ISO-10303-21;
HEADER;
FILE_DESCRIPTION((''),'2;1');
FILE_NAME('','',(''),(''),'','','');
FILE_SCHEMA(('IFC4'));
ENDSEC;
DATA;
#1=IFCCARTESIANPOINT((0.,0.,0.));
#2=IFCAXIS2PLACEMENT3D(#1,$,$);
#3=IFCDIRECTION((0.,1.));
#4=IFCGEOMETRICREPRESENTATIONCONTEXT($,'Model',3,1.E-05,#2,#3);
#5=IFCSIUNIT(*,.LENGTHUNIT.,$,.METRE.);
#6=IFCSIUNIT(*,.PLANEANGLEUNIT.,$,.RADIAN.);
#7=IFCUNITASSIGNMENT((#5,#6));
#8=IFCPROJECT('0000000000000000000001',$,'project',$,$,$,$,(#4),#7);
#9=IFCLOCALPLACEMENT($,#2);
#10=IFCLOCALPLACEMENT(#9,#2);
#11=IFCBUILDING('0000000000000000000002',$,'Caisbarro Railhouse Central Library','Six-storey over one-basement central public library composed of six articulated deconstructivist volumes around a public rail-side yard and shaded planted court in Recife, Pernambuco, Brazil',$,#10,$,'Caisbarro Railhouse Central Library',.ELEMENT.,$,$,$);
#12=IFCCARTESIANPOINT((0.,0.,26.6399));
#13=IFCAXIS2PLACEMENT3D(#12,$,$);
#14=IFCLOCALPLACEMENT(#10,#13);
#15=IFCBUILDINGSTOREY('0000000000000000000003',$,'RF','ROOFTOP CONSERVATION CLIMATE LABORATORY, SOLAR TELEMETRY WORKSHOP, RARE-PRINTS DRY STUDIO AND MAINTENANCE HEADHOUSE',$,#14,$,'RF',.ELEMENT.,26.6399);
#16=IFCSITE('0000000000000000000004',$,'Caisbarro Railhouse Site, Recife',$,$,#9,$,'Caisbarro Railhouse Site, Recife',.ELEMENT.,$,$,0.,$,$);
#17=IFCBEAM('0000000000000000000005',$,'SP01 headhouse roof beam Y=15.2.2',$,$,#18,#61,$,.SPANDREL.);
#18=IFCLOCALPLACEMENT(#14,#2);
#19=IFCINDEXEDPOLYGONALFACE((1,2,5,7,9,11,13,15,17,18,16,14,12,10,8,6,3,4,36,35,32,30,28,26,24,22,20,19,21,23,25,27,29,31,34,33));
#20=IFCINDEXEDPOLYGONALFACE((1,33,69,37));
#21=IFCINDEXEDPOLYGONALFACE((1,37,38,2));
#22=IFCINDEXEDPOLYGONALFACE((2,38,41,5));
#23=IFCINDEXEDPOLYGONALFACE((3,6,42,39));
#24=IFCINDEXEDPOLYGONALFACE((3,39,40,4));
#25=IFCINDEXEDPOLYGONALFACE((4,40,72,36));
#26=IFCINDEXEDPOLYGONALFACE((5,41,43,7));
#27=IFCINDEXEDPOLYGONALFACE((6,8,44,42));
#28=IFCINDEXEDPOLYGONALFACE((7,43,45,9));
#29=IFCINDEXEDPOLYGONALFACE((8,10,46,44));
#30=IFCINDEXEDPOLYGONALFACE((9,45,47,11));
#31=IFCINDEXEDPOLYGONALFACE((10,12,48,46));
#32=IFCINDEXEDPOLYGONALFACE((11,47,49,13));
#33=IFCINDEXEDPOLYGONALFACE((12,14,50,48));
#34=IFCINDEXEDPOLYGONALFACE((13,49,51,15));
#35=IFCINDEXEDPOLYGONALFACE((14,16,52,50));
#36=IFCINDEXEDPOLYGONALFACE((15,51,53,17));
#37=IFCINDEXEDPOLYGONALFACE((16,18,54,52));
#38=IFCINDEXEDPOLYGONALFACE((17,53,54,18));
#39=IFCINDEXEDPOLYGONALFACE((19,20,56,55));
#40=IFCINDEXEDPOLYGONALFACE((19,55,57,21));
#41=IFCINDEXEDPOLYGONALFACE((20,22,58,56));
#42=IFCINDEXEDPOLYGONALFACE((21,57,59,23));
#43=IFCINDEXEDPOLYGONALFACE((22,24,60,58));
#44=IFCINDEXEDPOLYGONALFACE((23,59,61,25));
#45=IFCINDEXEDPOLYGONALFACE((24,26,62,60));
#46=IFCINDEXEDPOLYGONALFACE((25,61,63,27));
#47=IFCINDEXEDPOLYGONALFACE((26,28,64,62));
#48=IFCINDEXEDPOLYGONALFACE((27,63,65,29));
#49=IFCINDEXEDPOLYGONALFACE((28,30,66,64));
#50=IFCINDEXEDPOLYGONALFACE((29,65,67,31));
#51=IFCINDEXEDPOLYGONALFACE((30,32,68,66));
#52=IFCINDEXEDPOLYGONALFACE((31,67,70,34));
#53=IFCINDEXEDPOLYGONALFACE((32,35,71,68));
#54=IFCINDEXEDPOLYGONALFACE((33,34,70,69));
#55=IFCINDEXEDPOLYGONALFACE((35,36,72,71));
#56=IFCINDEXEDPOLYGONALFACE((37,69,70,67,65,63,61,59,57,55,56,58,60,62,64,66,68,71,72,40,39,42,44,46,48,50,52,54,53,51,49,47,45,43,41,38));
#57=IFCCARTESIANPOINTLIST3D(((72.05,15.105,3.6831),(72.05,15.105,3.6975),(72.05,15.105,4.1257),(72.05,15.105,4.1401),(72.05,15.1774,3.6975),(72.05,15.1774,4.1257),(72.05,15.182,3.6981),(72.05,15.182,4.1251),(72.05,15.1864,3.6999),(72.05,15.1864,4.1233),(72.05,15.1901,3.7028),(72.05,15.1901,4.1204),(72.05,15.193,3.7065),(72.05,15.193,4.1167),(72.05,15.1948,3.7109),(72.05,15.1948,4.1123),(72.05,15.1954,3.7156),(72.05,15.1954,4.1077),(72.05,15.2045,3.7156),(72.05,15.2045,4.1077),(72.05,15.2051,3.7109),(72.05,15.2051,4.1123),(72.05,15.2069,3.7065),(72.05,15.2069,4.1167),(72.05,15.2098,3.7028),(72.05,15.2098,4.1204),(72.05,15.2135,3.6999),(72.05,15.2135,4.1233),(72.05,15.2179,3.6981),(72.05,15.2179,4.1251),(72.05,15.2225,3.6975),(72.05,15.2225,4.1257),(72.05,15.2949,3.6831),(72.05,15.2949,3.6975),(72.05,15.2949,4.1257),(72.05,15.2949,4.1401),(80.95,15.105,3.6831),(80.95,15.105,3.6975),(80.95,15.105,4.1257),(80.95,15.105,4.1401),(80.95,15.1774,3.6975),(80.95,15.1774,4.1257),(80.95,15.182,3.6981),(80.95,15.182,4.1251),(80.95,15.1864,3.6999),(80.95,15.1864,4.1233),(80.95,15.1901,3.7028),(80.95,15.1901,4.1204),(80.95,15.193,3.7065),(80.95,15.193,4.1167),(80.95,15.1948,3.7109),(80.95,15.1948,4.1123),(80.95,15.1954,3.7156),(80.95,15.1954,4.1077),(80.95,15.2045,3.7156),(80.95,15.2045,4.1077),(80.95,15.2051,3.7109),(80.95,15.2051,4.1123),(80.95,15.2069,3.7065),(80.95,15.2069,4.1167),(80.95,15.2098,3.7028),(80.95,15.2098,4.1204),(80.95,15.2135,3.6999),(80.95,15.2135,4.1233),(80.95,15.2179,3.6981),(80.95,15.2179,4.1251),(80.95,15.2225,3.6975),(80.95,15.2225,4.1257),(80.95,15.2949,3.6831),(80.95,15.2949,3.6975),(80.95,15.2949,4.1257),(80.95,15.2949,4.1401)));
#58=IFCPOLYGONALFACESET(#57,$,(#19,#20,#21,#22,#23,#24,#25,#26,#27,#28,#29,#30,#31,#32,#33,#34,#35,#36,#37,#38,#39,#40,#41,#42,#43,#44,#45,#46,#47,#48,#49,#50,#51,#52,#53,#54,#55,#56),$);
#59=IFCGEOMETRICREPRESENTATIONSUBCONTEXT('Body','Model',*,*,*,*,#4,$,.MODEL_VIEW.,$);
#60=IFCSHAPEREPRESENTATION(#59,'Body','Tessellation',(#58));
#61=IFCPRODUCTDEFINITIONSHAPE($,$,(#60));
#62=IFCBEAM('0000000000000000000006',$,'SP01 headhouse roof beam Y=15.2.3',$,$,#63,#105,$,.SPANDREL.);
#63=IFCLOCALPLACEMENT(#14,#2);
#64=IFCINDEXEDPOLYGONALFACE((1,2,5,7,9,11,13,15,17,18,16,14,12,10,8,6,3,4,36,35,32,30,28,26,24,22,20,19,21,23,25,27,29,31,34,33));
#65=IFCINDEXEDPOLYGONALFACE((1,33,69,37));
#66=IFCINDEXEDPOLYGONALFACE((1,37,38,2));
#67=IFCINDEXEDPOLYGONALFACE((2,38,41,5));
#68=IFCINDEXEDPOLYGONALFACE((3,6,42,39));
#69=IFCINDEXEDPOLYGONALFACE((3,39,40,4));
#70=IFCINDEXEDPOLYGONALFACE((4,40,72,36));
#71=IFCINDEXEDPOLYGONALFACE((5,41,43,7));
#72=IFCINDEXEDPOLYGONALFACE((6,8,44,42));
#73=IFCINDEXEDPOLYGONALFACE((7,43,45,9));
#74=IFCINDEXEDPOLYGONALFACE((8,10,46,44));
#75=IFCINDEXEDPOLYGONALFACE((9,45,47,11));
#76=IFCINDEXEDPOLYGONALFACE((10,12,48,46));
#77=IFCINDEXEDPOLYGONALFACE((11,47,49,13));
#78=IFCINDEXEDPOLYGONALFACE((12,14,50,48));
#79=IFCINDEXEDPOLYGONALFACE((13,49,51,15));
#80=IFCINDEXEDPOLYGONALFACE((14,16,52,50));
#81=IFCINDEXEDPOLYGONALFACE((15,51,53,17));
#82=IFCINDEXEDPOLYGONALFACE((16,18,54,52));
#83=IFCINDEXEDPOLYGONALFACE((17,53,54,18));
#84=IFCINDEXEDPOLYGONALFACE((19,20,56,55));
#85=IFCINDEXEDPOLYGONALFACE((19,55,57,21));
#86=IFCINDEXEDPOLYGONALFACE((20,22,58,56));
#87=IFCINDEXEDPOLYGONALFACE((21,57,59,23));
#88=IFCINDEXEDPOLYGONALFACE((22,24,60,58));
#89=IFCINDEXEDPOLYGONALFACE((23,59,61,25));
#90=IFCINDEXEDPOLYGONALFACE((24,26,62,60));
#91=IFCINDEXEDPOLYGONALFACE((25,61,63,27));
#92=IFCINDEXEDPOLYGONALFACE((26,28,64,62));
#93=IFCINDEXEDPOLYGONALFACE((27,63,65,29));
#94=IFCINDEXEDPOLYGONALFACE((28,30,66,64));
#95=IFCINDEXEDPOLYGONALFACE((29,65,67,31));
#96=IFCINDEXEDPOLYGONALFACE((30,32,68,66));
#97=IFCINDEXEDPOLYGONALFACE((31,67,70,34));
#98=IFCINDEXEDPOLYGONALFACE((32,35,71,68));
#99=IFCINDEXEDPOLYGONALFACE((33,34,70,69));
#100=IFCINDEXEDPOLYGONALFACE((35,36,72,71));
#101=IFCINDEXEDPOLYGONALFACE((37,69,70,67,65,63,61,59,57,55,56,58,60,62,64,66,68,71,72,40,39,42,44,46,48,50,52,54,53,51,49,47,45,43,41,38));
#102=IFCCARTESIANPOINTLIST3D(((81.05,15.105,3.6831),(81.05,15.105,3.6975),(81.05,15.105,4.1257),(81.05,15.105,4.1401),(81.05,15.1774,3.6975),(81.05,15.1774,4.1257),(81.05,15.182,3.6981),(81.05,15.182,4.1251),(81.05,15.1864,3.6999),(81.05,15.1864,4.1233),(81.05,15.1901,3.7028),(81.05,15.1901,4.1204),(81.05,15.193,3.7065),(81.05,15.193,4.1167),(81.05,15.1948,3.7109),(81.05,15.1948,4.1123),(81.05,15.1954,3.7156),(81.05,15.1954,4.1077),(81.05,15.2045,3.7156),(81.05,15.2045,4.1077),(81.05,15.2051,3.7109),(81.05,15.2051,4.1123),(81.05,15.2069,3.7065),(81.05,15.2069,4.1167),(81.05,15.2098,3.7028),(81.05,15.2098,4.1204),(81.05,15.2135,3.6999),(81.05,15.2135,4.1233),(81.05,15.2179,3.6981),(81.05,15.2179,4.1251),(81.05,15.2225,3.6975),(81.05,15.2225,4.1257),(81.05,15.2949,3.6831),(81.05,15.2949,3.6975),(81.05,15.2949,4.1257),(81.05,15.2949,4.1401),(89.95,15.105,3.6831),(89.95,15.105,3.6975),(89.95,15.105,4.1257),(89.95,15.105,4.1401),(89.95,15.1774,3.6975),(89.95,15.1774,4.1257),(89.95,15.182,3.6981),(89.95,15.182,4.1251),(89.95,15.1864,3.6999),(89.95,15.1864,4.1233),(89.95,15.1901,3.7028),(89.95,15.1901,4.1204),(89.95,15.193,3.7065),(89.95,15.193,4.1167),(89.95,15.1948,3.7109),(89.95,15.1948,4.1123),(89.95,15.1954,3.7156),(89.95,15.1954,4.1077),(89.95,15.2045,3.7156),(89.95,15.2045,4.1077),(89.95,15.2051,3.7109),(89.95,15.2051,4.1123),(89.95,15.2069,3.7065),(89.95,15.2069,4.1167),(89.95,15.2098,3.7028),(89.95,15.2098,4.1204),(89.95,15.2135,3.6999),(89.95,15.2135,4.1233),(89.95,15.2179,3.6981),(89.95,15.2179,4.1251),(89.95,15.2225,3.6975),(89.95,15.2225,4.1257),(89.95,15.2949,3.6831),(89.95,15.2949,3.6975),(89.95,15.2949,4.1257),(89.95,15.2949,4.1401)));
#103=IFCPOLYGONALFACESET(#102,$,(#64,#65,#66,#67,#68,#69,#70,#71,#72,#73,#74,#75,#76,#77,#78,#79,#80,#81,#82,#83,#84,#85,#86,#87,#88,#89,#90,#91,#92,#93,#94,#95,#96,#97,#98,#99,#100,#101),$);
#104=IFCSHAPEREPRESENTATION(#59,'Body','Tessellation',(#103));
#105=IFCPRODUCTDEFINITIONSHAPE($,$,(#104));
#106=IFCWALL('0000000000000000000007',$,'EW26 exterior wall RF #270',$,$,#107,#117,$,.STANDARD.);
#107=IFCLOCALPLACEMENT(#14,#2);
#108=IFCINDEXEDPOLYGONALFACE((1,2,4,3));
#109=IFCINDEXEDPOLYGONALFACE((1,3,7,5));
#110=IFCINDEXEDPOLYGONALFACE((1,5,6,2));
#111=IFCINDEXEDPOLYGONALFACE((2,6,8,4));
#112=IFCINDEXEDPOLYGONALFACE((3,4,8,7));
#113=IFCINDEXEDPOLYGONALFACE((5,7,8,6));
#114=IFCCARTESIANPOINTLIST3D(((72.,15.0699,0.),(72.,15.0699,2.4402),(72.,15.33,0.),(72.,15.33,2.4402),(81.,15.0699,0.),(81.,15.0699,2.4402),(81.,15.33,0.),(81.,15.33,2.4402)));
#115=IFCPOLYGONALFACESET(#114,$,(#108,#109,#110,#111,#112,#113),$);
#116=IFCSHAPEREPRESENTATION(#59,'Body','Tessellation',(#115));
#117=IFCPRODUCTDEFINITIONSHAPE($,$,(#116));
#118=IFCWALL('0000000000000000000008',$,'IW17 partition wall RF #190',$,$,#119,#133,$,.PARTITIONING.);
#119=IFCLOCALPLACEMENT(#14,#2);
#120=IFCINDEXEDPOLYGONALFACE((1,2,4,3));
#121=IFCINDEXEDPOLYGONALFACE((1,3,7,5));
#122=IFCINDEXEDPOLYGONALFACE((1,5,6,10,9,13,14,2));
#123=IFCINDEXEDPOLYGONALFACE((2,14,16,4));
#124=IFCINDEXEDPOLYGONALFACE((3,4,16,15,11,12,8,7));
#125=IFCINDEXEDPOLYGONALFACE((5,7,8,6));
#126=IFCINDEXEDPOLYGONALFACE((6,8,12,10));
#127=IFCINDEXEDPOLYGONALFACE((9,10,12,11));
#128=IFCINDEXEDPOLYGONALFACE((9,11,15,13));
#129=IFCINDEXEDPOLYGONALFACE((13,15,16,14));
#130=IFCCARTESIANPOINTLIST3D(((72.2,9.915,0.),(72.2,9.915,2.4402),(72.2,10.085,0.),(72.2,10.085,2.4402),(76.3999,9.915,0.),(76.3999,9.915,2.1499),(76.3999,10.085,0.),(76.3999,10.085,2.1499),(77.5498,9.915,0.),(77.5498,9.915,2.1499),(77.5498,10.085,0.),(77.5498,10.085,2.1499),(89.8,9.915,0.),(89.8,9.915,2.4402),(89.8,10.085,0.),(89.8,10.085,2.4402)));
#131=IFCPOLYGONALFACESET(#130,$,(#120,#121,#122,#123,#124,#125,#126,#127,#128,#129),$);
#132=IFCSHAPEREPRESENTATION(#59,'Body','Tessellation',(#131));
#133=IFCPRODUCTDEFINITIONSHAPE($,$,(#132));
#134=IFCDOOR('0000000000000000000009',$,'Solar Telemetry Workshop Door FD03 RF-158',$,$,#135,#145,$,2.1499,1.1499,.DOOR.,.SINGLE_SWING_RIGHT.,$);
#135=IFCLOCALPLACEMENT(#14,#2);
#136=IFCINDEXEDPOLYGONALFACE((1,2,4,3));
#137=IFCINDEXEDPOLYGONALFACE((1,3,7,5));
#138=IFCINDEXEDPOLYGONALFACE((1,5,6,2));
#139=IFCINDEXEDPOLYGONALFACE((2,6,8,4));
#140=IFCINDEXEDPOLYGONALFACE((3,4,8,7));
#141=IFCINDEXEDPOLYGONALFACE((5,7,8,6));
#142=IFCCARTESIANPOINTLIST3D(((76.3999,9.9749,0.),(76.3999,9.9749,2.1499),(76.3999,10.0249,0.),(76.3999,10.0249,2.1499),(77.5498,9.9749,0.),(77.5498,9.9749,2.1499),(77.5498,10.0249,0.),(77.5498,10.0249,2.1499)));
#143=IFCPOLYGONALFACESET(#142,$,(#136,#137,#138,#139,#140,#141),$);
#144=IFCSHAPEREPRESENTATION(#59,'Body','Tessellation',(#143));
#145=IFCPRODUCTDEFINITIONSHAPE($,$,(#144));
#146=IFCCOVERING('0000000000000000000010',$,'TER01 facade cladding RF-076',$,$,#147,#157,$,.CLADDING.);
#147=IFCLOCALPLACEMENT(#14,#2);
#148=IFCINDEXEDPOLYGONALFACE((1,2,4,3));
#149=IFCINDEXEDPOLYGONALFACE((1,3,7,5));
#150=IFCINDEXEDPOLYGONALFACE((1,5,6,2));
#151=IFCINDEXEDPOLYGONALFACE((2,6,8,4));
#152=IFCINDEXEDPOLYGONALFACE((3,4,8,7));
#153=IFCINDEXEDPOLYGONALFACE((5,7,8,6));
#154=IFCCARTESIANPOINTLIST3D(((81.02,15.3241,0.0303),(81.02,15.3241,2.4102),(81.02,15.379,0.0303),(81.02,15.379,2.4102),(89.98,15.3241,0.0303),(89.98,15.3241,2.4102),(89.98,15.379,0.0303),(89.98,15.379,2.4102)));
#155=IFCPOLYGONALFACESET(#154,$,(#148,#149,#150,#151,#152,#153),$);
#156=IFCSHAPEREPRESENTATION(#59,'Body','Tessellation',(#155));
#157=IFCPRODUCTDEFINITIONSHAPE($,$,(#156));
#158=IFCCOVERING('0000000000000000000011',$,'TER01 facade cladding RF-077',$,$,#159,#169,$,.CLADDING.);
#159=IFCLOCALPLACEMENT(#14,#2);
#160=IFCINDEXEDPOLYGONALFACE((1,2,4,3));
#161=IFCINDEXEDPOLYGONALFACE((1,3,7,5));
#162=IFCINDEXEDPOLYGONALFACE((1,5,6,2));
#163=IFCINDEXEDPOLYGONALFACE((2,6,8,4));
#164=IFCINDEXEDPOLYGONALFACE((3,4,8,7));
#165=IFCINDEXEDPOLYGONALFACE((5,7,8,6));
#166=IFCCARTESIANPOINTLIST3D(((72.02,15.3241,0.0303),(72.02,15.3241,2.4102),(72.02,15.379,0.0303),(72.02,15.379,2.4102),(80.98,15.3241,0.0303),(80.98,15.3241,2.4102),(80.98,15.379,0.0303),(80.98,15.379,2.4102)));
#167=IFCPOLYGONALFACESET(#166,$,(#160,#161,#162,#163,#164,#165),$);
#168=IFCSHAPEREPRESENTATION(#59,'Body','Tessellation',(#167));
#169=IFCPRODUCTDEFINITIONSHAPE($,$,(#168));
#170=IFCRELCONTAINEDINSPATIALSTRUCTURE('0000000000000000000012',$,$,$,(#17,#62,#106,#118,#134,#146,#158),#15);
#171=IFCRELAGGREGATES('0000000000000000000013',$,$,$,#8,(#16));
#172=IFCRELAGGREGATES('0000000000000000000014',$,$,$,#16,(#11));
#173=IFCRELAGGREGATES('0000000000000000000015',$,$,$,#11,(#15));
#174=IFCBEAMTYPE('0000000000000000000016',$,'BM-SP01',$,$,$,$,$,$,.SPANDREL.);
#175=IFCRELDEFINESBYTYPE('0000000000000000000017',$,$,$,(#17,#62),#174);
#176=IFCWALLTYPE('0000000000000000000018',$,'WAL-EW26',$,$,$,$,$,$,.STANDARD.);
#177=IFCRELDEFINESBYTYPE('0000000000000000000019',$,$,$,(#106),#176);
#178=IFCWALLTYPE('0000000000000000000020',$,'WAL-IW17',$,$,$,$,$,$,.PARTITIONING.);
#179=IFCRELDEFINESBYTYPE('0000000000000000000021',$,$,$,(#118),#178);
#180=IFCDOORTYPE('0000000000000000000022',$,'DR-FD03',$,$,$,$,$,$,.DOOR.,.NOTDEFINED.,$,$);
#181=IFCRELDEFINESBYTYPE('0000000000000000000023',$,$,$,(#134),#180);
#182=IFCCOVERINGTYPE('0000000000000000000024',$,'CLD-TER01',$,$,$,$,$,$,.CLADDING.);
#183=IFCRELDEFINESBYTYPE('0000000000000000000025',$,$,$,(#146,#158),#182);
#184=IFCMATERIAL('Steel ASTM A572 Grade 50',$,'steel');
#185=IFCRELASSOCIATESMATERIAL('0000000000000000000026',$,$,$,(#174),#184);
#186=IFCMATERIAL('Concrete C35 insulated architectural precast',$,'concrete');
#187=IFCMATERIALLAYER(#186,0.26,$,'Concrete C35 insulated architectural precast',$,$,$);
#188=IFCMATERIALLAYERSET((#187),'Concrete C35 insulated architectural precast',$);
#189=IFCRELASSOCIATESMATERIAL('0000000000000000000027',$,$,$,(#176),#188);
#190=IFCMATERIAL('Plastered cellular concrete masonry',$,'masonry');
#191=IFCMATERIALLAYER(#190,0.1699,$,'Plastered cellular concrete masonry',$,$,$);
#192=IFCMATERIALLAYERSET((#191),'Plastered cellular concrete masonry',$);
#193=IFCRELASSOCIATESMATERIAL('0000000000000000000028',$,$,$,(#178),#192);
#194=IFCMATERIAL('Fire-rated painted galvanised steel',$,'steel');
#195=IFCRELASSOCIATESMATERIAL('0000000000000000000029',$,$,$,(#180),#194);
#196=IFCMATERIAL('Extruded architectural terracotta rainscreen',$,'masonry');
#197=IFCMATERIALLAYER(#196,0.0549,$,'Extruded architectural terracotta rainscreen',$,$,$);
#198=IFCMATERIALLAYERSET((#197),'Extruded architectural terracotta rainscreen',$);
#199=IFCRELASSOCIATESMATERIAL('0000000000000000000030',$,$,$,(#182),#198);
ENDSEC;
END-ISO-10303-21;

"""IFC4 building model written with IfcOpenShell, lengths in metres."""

from ifc_helpers import new_model, si_unit, direction, frame, frame_2d, origin, origin_2d, place, context, subcontext, project, spatial, rectangle, i_section, extrude, material, layer, layer_set, material_profile, profile_set, type_object, element, fill, save


model = new_model("IFC4")

# Units and contexts
model_context = context("Model", 3, precision=1e-05, world=origin(), true_north=direction((0.0, 1.0)))
body_context = subcontext(model_context, "Body", "Model", "MODEL_VIEW")
ifc_project = project(units=[si_unit("LENGTHUNIT", "METRE"), si_unit("PLANEANGLEUNIT", "RADIAN")], contexts=[model_context])

# Site, building, storey
site_placement = place(None, origin())
site = spatial("IfcSite", under=ifc_project, at=site_placement, Name="Caisbarro Railhouse Site, Recife", LongName="Caisbarro Railhouse Site, Recife", CompositionType="ELEMENT", RefElevation=0.0)
building_placement = place(site_placement, origin())
building = spatial("IfcBuilding", under=site, at=building_placement, Name="Caisbarro Railhouse Central Library", Description="Six-storey over one-basement central public library composed of six articulated deconstructivist volumes around a public rail-side yard and shaded planted court in Recife, Pernambuco, Brazil", LongName="Caisbarro Railhouse Central Library", CompositionType="ELEMENT")
storey_placement = place(building_placement, frame((0.0, 0.0, 26.6399)))
storey = spatial("IfcBuildingStorey", under=building, at=storey_placement, Name="RF", Description="ROOFTOP CONSERVATION CLIMATE LABORATORY, SOLAR TELEMETRY WORKSHOP, RARE-PRINTS DRY STUDIO AND MAINTENANCE HEADHOUSE", LongName="RF", CompositionType="ELEMENT", Elevation=26.6399)

# Shared definitions
ifc_material_1 = material(Name="Steel ASTM A572 Grade 50", Category="steel")

# Beams
ifc_material_profile_1 = material_profile(ifc_material_1, i_section(OverallWidth=0.1899, OverallDepth=0.457, WebThickness=0.009, FlangeThickness=0.0144, FilletRadius=0.0181, at=origin_2d()), Name="W460X74.0")
ifc_profile_set_1 = profile_set([ifc_material_profile_1], Name="Steel ASTM A572 Grade 50")
beam_type_1 = type_object("IfcBeamType", Name="BM-SP01", PredefinedType="SPANDREL", material=ifc_profile_set_1)
for number, where, z_axis, x_axis, name in (
    (1, (72.05, 15.2, 3.9116), (1.0, 0.0, 0.0), (0.0, 1.0, 0.0), "SP01 headhouse roof beam Y=15.2.2"),
    (2, (81.05, 15.2, 3.9116), (1.0, 0.0, 0.0), (0.0, 1.0, 0.0), "SP01 headhouse roof beam Y=15.2.3"),
):
    element("IfcBeam", number, at=place(storey_placement, frame(where, z_axis=z_axis, x_axis=x_axis)), inside=storey, type_object=beam_type_1, Name=name, PredefinedType="SPANDREL", context=body_context, shape_type="SweptSolid", body=[
        extrude(i_section(OverallWidth=0.1899, OverallDepth=0.457, WebThickness=0.009, FlangeThickness=0.0144, FilletRadius=0.0181, at=origin_2d()), origin(), (0.0, 0.0, 1.0), 8.8999),
    ])

# Wall
ifc_material_2 = material(Name="Concrete C35 insulated architectural precast", Category="concrete")
ifc_layer_1 = layer(ifc_material_2, 0.26, Name="Concrete C35 insulated architectural precast")
ifc_layer_set_1 = layer_set([ifc_layer_1], Name="Concrete C35 insulated architectural precast")
wall_type_1 = type_object("IfcWallType", Name="WAL-EW26", PredefinedType="STANDARD", material=ifc_layer_set_1)
wall_1_placement = place(storey_placement, frame((81.0, 15.2, 0.0), z_axis=(0.0, 0.0, 1.0), x_axis=(-1.0, 0.0, 0.0)))
element("IfcWall", 3, at=wall_1_placement, inside=storey, type_object=wall_type_1, Name="EW26 exterior wall RF #270", PredefinedType="STANDARD", context=body_context, shape_type="SweptSolid", body=[
    extrude(rectangle(XDim=9.0, YDim=0.26, at=frame_2d((4.5, 0.0))), origin(), (0.0, 0.0, 1.0), 2.4402),
])

# Wall, opening, door
ifc_material_3 = material(Name="Plastered cellular concrete masonry", Category="masonry")
ifc_layer_2 = layer(ifc_material_3, 0.1699, Name="Plastered cellular concrete masonry")
ifc_layer_set_2 = layer_set([ifc_layer_2], Name="Plastered cellular concrete masonry")
wall_type_2 = type_object("IfcWallType", Name="WAL-IW17", PredefinedType="PARTITIONING", material=ifc_layer_set_2)
wall_2_placement = place(storey_placement, frame((72.2, 10.0, 0.0), z_axis=(0.0, 0.0, 1.0), x_axis=(1.0, 0.0, 0.0)))
wall_2 = element("IfcWall", 4, at=wall_2_placement, inside=storey, type_object=wall_type_2, Name="IW17 partition wall RF #190", PredefinedType="PARTITIONING", context=body_context, shape_type="SweptSolid", body=[
    extrude(rectangle(XDim=17.6001, YDim=0.1699, at=frame_2d((8.8, 0.0))), origin(), (0.0, 0.0, 1.0), 2.4402),
])
opening_placement = place(wall_2_placement, frame((4.2, 0.0, 0.0)))
opening = element("IfcOpeningElement", 5, at=opening_placement, cuts=wall_2, PredefinedType="OPENING", context=body_context, shape_type="SweptSolid", body=[
    extrude(rectangle(XDim=1.1499, YDim=2.1499, at=frame_2d((0.575, 1.075))), frame((0.0, 0.095, 0.0), z_axis=(0.0, -1.0, 0.0), x_axis=(1.0, 0.0, 0.0)), (0.0, 0.0, 1.0), 0.1899),
])
ifc_material_4 = material(Name="Fire-rated painted galvanised steel", Category="steel")
door_type = type_object("IfcDoorType", Name="DR-FD03", OperationType="NOTDEFINED", PredefinedType="DOOR", material=ifc_material_4)
door_placement = place(opening_placement, origin())
door = element("IfcDoor", 6, at=door_placement, inside=storey, type_object=door_type, Name="Solar Telemetry Workshop Door FD03 RF-158", OperationType="SINGLE_SWING_RIGHT", OverallHeight=2.1499, OverallWidth=1.1499, PredefinedType="DOOR", context=body_context, shape_type="SweptSolid", body=[
    extrude(rectangle(XDim=1.1499, YDim=2.1499, at=frame_2d((0.575, 1.075))), frame((0.0, 0.0249, 0.0), z_axis=(0.0, -1.0, 0.0), x_axis=(1.0, 0.0, 0.0)), (0.0, 0.0, 1.0), 0.05),
])
fill(opening, door)

# Coverings
ifc_material_5 = material(Name="Extruded architectural terracotta rainscreen", Category="masonry")
ifc_layer_3 = layer(ifc_material_5, 0.0549, Name="Extruded architectural terracotta rainscreen")
ifc_layer_set_3 = layer_set([ifc_layer_3], Name="Extruded architectural terracotta rainscreen")
covering_type = type_object("IfcCoveringType", Name="CLD-TER01", PredefinedType="CLADDING", material=ifc_layer_set_3)
for number, where, z_axis, x_axis, name in (
    (7, (85.5, 15.3516, 0.0303), (0.0, 0.0, 1.0), (-1.0, 0.0, 0.0), "TER01 facade cladding RF-076"),
    (8, (76.5, 15.3516, 0.0303), (0.0, 0.0, 1.0), (-1.0, 0.0, 0.0), "TER01 facade cladding RF-077"),
):
    element("IfcCovering", number, at=place(storey_placement, frame(where, z_axis=z_axis, x_axis=x_axis)), inside=storey, type_object=covering_type, Name=name, PredefinedType="CLADDING", context=body_context, shape_type="SweptSolid", body=[
        extrude(rectangle(XDim=8.96, YDim=0.0549, at=origin_2d()), origin(), (0.0, 0.0, 1.0), 2.3799),
    ])

save(model, "model.ifc")
